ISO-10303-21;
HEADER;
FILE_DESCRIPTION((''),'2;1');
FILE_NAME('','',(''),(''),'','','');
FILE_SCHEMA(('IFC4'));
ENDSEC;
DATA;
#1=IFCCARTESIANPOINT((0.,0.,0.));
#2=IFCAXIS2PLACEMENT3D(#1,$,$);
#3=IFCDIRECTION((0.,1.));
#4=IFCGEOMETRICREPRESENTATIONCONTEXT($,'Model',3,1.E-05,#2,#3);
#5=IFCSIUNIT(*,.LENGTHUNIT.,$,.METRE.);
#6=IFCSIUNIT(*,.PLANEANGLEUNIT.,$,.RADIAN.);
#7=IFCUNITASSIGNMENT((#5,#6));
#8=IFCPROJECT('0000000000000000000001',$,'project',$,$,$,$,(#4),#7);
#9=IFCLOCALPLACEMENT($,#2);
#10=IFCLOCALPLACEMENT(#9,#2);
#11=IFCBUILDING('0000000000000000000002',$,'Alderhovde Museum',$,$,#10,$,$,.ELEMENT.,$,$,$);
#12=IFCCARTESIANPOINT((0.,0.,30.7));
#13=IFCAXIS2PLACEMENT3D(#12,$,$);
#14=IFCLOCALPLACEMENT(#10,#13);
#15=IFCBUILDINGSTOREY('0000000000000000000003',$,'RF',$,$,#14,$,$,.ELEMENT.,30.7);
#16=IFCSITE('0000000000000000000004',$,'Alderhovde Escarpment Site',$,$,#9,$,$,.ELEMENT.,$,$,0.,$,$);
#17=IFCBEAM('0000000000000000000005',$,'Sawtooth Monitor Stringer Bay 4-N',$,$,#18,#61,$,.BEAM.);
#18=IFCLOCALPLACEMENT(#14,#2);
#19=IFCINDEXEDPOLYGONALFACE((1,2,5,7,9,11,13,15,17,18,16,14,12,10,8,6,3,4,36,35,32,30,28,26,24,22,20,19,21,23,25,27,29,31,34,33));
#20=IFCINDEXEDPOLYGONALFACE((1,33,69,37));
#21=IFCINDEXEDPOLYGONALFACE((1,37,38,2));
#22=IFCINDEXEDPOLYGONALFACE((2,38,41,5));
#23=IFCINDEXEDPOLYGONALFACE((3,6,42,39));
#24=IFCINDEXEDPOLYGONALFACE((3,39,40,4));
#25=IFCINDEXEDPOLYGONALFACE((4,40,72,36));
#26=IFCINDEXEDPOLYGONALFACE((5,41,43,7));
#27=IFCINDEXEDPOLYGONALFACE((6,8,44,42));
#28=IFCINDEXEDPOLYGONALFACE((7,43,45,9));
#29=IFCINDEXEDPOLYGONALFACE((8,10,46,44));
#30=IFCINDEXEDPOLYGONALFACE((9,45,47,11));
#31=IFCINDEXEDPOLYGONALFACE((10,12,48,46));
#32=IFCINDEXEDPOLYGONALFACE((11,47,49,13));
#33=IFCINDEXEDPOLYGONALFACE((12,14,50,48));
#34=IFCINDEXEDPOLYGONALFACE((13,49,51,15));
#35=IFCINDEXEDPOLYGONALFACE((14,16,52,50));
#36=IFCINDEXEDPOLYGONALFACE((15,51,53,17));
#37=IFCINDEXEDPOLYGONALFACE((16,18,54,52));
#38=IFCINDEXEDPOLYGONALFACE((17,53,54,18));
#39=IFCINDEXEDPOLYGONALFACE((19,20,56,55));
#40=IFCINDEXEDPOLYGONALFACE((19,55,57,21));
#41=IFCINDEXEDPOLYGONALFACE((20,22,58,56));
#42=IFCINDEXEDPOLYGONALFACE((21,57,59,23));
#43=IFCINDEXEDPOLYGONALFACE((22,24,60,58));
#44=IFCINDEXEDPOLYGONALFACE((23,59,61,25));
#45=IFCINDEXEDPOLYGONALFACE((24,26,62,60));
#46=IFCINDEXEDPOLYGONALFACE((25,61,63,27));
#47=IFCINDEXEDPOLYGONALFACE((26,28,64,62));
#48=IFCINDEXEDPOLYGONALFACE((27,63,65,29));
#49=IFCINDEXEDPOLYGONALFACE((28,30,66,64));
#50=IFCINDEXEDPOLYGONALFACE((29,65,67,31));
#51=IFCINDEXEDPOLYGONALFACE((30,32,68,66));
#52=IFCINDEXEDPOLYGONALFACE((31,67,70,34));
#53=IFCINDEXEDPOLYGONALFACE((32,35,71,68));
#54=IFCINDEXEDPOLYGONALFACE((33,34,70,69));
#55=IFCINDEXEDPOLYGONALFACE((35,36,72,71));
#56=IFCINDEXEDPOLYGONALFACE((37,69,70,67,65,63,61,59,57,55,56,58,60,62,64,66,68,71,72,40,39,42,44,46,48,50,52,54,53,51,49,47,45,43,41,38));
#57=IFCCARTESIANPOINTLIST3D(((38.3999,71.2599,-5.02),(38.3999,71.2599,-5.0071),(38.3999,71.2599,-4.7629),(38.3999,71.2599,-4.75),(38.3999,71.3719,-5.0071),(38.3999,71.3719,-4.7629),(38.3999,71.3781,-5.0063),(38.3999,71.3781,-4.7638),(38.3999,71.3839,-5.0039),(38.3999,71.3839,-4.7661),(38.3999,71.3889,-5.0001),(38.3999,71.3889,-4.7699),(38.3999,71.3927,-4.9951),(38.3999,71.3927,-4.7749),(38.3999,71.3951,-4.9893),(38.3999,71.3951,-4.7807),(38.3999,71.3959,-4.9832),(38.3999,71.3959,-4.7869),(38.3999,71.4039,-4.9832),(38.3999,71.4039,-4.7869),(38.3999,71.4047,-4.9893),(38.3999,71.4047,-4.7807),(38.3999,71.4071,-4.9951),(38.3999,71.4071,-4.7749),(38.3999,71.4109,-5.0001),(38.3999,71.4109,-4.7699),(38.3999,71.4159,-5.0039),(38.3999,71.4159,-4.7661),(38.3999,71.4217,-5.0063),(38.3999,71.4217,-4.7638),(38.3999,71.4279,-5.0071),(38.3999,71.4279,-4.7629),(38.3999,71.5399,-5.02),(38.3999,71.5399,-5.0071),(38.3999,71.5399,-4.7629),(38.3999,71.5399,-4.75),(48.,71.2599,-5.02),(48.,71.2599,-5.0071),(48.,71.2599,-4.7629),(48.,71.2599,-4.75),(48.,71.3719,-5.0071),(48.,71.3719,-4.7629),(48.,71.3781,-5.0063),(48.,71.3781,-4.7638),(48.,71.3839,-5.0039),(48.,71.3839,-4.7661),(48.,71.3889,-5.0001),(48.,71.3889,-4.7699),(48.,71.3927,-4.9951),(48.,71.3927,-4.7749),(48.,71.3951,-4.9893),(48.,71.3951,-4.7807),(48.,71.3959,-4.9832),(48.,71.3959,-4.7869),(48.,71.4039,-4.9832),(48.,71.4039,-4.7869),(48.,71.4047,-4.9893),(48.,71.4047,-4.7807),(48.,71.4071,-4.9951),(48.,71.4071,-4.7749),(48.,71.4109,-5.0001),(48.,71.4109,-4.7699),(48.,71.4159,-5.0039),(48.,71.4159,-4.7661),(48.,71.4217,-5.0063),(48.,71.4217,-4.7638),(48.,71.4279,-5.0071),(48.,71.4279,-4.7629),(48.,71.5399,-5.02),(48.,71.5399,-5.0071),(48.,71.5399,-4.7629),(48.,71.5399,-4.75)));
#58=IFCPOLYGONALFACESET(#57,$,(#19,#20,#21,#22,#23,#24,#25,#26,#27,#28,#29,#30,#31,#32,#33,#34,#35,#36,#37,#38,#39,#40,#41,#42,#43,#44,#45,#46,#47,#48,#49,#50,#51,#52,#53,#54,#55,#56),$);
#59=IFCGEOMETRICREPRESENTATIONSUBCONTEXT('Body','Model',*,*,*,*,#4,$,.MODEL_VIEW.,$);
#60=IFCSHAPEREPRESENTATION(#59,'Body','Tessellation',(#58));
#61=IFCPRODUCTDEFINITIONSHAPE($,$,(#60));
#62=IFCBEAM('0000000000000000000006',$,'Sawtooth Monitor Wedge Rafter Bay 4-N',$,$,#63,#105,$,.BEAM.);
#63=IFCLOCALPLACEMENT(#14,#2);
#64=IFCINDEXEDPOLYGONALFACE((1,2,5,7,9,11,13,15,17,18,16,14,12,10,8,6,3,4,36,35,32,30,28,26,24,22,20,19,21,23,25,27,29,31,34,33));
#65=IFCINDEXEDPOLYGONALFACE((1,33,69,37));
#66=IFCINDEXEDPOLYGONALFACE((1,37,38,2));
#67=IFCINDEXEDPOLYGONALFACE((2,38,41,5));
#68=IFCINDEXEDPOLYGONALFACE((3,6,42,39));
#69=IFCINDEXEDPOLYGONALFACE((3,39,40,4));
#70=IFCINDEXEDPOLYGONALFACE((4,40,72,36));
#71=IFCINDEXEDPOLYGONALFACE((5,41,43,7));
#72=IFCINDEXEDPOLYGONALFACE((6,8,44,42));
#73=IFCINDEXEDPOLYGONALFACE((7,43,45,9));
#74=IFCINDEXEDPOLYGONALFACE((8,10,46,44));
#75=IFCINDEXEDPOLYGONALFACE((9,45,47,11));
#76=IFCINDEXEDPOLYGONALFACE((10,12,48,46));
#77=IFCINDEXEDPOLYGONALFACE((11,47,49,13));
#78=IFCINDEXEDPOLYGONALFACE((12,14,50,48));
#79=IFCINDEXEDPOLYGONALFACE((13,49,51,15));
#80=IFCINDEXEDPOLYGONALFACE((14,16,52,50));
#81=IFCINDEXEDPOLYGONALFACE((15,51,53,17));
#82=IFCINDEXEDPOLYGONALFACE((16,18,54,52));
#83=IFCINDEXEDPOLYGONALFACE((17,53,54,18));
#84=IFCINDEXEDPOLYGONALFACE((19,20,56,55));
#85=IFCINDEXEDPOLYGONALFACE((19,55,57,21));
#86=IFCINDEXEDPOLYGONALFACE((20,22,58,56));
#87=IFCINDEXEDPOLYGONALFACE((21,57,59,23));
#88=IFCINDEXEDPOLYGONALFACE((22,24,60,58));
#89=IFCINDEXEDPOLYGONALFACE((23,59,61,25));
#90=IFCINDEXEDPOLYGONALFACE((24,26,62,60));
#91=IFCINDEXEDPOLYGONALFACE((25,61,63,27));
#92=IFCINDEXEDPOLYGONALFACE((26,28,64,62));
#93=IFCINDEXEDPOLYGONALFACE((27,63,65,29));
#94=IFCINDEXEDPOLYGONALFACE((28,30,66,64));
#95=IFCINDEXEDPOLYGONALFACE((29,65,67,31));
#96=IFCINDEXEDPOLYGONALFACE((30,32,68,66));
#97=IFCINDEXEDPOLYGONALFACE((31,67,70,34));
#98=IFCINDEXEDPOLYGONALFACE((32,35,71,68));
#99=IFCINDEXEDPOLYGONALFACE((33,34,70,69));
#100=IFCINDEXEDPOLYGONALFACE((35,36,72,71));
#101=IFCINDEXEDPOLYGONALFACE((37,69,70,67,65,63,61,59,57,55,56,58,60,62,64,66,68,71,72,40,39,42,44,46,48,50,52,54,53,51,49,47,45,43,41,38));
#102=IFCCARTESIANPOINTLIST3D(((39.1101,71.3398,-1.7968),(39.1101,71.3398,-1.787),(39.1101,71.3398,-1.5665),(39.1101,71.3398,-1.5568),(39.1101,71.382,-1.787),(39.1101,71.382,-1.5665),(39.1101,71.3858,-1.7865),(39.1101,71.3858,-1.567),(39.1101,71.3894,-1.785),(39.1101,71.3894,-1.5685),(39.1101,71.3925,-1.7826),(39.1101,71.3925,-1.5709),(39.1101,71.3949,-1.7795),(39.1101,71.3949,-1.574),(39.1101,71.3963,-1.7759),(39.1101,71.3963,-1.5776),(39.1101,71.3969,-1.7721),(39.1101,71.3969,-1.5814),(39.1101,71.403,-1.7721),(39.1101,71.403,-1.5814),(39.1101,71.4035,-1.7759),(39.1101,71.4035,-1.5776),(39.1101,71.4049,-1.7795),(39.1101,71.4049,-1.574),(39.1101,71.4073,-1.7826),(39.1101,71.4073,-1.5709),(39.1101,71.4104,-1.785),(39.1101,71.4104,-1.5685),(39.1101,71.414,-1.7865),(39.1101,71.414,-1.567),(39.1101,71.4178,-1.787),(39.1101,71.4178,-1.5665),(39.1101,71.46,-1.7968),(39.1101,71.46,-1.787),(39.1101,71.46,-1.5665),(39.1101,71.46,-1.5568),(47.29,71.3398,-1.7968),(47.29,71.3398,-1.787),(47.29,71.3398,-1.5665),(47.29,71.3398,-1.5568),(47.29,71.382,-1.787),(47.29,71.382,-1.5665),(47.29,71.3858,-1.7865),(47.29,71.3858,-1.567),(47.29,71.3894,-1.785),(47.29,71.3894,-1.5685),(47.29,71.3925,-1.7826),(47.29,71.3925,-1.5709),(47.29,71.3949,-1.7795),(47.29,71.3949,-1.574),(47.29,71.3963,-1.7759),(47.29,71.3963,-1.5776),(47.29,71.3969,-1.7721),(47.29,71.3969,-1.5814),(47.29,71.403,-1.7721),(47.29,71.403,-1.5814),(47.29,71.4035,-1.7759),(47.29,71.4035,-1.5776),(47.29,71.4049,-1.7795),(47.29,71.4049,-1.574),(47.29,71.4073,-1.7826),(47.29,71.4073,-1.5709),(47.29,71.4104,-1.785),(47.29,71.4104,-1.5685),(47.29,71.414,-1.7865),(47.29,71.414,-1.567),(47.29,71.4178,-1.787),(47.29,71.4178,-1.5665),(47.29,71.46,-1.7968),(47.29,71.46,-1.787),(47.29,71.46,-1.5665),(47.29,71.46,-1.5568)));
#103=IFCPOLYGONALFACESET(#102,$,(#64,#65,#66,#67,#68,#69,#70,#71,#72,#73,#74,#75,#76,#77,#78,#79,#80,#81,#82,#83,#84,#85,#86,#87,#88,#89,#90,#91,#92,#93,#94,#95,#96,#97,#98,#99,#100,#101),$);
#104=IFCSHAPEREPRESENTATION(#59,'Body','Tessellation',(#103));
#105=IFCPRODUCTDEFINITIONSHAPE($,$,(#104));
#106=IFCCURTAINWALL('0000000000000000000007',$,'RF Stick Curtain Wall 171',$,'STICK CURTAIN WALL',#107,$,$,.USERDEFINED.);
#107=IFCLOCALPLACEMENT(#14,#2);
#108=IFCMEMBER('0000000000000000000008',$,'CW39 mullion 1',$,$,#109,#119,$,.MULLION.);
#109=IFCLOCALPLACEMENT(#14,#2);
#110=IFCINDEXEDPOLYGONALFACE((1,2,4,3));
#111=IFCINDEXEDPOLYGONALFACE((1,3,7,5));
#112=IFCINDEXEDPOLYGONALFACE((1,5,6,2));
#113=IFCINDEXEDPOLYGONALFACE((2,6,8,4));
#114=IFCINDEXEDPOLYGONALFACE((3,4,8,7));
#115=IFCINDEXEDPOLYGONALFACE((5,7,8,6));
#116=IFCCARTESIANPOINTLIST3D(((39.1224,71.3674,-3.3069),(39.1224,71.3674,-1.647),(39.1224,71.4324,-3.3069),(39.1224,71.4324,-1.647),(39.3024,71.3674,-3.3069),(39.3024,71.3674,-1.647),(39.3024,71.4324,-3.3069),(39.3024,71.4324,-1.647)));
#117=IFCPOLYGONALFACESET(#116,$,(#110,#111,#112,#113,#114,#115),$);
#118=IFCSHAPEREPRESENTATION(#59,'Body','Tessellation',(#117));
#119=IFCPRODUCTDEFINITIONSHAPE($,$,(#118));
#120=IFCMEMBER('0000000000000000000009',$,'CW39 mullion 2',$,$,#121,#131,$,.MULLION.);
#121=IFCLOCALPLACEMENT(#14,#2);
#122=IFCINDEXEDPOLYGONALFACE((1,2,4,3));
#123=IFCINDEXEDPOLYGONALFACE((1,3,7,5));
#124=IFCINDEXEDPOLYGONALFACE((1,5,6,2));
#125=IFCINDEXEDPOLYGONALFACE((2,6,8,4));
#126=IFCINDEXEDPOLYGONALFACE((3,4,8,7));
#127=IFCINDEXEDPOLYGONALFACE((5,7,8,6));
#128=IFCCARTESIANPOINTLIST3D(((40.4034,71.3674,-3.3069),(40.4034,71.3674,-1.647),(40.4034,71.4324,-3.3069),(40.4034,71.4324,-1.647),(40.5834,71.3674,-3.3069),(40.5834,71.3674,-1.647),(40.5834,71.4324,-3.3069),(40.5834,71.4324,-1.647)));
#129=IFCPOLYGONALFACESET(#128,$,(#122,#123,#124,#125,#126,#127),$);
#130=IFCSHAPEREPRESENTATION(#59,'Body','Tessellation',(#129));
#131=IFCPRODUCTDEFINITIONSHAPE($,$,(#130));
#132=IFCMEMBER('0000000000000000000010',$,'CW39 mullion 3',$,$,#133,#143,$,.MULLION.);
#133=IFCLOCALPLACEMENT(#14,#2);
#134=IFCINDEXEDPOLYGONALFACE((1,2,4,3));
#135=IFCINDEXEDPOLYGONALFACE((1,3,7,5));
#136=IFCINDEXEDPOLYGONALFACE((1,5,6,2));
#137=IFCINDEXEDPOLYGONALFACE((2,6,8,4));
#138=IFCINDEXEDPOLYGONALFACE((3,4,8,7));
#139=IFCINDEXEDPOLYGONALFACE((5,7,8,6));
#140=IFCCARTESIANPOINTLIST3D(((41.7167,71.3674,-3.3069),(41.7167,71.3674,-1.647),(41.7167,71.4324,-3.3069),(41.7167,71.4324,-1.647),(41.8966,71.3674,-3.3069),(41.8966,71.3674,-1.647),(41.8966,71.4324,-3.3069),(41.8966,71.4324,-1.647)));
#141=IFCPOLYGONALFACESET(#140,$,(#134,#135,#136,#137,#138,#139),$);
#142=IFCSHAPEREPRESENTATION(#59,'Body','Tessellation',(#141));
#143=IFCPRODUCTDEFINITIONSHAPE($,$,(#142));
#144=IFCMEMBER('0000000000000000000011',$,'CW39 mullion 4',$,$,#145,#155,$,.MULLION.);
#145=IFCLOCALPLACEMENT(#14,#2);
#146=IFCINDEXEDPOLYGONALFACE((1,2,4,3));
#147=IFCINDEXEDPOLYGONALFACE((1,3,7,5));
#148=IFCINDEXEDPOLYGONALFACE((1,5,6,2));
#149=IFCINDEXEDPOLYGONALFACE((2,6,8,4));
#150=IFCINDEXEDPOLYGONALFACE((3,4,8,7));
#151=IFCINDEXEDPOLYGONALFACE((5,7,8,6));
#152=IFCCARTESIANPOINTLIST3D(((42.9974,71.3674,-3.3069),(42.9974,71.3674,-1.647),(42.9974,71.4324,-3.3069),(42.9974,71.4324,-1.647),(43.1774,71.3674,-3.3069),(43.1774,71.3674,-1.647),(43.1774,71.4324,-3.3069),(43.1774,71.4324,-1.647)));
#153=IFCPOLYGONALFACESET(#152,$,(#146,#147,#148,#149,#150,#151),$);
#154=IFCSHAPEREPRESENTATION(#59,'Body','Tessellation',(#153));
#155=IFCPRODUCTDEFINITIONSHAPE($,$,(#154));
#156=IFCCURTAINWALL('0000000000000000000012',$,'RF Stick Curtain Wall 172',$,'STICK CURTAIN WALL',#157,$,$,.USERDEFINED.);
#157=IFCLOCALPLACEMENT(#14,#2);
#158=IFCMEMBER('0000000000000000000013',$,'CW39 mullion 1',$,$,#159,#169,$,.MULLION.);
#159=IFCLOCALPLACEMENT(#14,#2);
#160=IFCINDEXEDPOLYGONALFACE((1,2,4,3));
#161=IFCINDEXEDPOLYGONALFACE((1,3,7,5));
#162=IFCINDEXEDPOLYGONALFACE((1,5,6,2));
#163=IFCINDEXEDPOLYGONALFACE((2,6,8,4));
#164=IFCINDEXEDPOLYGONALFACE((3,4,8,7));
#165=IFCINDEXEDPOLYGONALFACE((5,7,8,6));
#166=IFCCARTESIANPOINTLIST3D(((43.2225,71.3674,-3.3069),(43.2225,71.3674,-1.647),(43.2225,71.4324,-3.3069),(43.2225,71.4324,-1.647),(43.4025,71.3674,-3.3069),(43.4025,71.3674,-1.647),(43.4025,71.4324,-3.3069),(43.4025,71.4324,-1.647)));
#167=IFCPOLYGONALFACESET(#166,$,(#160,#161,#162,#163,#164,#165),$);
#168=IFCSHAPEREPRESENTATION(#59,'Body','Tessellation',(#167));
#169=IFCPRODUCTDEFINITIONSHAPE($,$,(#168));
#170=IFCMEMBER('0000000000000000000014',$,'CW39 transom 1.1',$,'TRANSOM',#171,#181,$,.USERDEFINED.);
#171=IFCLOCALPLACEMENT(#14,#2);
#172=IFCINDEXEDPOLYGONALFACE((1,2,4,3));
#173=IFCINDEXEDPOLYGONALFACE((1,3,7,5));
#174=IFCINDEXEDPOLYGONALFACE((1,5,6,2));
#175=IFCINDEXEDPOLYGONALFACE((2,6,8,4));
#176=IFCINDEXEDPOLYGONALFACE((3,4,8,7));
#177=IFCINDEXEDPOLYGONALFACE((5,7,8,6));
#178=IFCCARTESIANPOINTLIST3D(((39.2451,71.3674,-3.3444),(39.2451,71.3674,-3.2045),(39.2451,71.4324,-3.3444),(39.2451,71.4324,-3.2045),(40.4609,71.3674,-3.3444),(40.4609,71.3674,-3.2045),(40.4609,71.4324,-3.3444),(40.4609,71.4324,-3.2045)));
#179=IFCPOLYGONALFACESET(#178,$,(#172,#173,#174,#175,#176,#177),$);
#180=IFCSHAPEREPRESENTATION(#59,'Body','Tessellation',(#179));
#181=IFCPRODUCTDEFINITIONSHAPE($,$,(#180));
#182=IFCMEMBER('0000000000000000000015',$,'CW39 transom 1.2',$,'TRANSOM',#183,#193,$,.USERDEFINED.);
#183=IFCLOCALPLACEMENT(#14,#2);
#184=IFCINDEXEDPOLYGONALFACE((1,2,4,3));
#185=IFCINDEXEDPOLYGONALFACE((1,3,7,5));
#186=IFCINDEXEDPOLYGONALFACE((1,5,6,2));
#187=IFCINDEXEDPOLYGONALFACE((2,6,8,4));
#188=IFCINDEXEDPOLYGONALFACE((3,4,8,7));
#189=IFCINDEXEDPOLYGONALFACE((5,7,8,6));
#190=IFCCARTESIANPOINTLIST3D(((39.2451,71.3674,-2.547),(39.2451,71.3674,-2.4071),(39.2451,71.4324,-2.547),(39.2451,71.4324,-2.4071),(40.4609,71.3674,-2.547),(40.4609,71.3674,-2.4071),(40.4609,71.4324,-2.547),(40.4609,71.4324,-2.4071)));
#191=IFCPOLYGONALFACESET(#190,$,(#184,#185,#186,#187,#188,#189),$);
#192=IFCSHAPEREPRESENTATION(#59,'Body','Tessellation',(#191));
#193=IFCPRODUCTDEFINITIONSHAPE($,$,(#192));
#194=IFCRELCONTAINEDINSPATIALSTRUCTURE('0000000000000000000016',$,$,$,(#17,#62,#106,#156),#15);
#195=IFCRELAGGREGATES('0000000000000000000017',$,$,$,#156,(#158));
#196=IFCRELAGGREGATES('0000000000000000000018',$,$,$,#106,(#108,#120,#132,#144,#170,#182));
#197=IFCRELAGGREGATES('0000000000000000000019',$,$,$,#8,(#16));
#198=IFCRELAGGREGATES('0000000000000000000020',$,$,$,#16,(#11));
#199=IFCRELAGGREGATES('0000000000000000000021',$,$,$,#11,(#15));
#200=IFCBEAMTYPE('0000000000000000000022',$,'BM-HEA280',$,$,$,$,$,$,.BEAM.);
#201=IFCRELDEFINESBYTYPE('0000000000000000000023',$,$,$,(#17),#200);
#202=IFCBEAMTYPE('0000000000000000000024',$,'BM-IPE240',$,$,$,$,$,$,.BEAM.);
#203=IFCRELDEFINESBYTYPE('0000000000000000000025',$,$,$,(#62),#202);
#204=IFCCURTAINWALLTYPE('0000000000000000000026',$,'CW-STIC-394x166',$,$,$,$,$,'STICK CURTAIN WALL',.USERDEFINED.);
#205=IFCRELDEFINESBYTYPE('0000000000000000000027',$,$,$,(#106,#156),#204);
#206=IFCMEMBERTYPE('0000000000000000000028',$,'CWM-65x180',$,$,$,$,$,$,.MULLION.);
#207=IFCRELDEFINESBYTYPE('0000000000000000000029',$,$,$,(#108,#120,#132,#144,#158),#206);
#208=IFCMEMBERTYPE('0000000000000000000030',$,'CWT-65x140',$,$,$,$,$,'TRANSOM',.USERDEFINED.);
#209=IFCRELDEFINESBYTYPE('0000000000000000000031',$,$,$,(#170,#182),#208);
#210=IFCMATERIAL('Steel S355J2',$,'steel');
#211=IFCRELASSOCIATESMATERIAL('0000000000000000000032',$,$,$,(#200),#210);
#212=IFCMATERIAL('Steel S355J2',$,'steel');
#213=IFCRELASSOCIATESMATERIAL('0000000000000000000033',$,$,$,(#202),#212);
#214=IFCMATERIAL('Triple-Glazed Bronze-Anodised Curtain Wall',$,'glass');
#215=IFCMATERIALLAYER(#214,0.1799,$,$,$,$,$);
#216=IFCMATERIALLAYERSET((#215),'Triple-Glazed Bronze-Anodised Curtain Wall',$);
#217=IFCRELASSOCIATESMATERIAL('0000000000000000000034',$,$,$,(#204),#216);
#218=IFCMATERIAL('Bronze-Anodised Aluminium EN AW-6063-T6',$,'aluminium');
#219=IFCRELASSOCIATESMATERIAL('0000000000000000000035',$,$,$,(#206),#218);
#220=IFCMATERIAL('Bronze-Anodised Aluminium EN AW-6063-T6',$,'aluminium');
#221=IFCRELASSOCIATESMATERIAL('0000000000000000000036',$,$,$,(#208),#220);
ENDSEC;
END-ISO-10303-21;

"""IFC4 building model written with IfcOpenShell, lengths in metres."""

from ifc_helpers import new_model, si_unit, direction, frame, origin, origin_2d, place, context, subcontext, project, spatial, rectangle, i_section, extrude, material, layer, layer_set, material_profile, profile_set, type_object, element, aggregate, save


model = new_model("IFC4")

# Units and contexts
model_context = context("Model", 3, precision=1e-05, world=origin(), true_north=direction((0.0, 1.0)))
body_context = subcontext(model_context, "Body", "Model", "MODEL_VIEW")
ifc_project = project(units=[si_unit("LENGTHUNIT", "METRE"), si_unit("PLANEANGLEUNIT", "RADIAN")], contexts=[model_context])

# Site, building, storey
site_placement = place(None, origin())
site = spatial("IfcSite", under=ifc_project, at=site_placement, Name="Alderhovde Escarpment Site", CompositionType="ELEMENT", RefElevation=0.0)
building_placement = place(site_placement, origin())
building = spatial("IfcBuilding", under=site, at=building_placement, Name="Alderhovde Museum", CompositionType="ELEMENT")
storey_placement = place(building_placement, frame((0.0, 0.0, 30.7)))
storey = spatial("IfcBuildingStorey", under=building, at=storey_placement, Name="RF", CompositionType="ELEMENT", Elevation=30.7)

# Beams
ifc_material_1 = material(Name="Steel S355J2", Category="steel")
ifc_material_profile_1 = material_profile(ifc_material_1, i_section(OverallWidth=0.28, OverallDepth=0.27, WebThickness=0.0081, FlangeThickness=0.0129, FilletRadius=0.0239, at=origin_2d()), Name="HEA 280")
ifc_profile_set_1 = profile_set([ifc_material_profile_1], Name="Steel S355J2")
beam_type_1 = type_object("IfcBeamType", Name="BM-HEA280", PredefinedType="BEAM", material=ifc_profile_set_1)
beam_1_placement = place(storey_placement, frame((38.3999, 71.3999, -4.885), z_axis=(1.0, 0.0, 0.0), x_axis=(0.0, 1.0, 0.0)))
element("IfcBeam", 1, at=beam_1_placement, inside=storey, type_object=beam_type_1, Name="Sawtooth Monitor Stringer Bay 4-N", PredefinedType="BEAM", context=body_context, shape_type="SweptSolid", body=[
    extrude(i_section(OverallWidth=0.28, OverallDepth=0.27, WebThickness=0.0081, FlangeThickness=0.0129, FilletRadius=0.0239, at=origin_2d()), origin(), (0.0, 0.0, 1.0), 9.6001),
])
ifc_material_2 = material(Name="Steel S355J2", Category="steel")
ifc_material_profile_2 = material_profile(ifc_material_2, i_section(OverallWidth=0.1201, OverallDepth=0.24, WebThickness=0.0061, FlangeThickness=0.0098, FilletRadius=0.0149, at=origin_2d()), Name="IPE 240")
ifc_profile_set_2 = profile_set([ifc_material_profile_2], Name="Steel S355J2")
beam_type_2 = type_object("IfcBeamType", Name="BM-IPE240", PredefinedType="BEAM", material=ifc_profile_set_2)
beam_2_placement = place(storey_placement, frame((39.1101, 71.3999, -1.6768), z_axis=(1.0, 0.0, 0.0), x_axis=(0.0, 1.0, 0.0)))
element("IfcBeam", 2, at=beam_2_placement, inside=storey, type_object=beam_type_2, Name="Sawtooth Monitor Wedge Rafter Bay 4-N", PredefinedType="BEAM", context=body_context, shape_type="SweptSolid", body=[
    extrude(i_section(OverallWidth=0.1201, OverallDepth=0.24, WebThickness=0.0061, FlangeThickness=0.0098, FilletRadius=0.0149, at=origin_2d()), origin(), (0.0, 0.0, 1.0), 8.1799),
])

# Curtain wall, members
ifc_material_3 = material(Name="Triple-Glazed Bronze-Anodised Curtain Wall", Category="glass")
ifc_layer_1 = layer(ifc_material_3, 0.1799)
ifc_layer_set_1 = layer_set([ifc_layer_1], Name="Triple-Glazed Bronze-Anodised Curtain Wall")
curtain_wall_type = type_object("IfcCurtainWallType", Name="CW-STIC-394x166", ElementType="STICK CURTAIN WALL", PredefinedType="USERDEFINED", material=ifc_layer_set_1)
curtain_wall_1_placement = place(storey_placement, origin())
curtain_wall_1 = element("IfcCurtainWall", 3, at=curtain_wall_1_placement, inside=storey, type_object=curtain_wall_type, Name="RF Stick Curtain Wall 171", ObjectType="STICK CURTAIN WALL", PredefinedType="USERDEFINED")
ifc_material_4 = material(Name="Bronze-Anodised Aluminium EN AW-6063-T6", Category="aluminium")
ifc_material_profile_3 = material_profile(ifc_material_4, rectangle(XDim=0.0649, YDim=0.1799, at=origin_2d()), Name="MULLION 65x180")
ifc_profile_set_3 = profile_set([ifc_material_profile_3], Name="Bronze-Anodised Aluminium EN AW-6063-T6")
member_type_1 = type_object("IfcMemberType", Name="CWM-65x180", PredefinedType="MULLION", material=ifc_profile_set_3)
member_1_placement = place(storey_placement, frame((39.2124, 71.3999, -3.3069), z_axis=(0.0, 0.0, 1.0), x_axis=(0.0, 1.0, 0.0)))
member_1 = element("IfcMember", 4, at=member_1_placement, type_object=member_type_1, Name="CW39 mullion 1", PredefinedType="MULLION", context=body_context, shape_type="SweptSolid", body=[
    extrude(rectangle(XDim=0.0649, YDim=0.1799, at=origin_2d()), origin(), (0.0, 0.0, 1.0), 1.6599),
])
member_2_placement = place(storey_placement, frame((40.4934, 71.3999, -3.3069), z_axis=(0.0, 0.0, 1.0), x_axis=(0.0, 1.0, 0.0)))
member_2 = element("IfcMember", 5, at=member_2_placement, type_object=member_type_1, Name="CW39 mullion 2", PredefinedType="MULLION", context=body_context, shape_type="SweptSolid", body=[
    extrude(rectangle(XDim=0.0649, YDim=0.1799, at=origin_2d()), origin(), (0.0, 0.0, 1.0), 1.6599),
])
member_3_placement = place(storey_placement, frame((41.8066, 71.3999, -3.3069), z_axis=(0.0, 0.0, 1.0), x_axis=(0.0, 1.0, 0.0)))
member_3 = element("IfcMember", 6, at=member_3_placement, type_object=member_type_1, Name="CW39 mullion 3", PredefinedType="MULLION", context=body_context, shape_type="SweptSolid", body=[
    extrude(rectangle(XDim=0.0649, YDim=0.1799, at=origin_2d()), origin(), (0.0, 0.0, 1.0), 1.6599),
])
member_4_placement = place(storey_placement, frame((43.0874, 71.3999, -3.3069), z_axis=(0.0, 0.0, 1.0), x_axis=(0.0, 1.0, 0.0)))
member_4 = element("IfcMember", 7, at=member_4_placement, type_object=member_type_1, Name="CW39 mullion 4", PredefinedType="MULLION", context=body_context, shape_type="SweptSolid", body=[
    extrude(rectangle(XDim=0.0649, YDim=0.1799, at=origin_2d()), origin(), (0.0, 0.0, 1.0), 1.6599),
])

# Curtain wall, member
curtain_wall_2_placement = place(storey_placement, origin())
curtain_wall_2 = element("IfcCurtainWall", 8, at=curtain_wall_2_placement, inside=storey, type_object=curtain_wall_type, Name="RF Stick Curtain Wall 172", ObjectType="STICK CURTAIN WALL", PredefinedType="USERDEFINED")
member_5_placement = place(storey_placement, frame((43.3125, 71.3999, -3.3069), z_axis=(0.0, 0.0, 1.0), x_axis=(0.0, 1.0, 0.0)))
member_5 = element("IfcMember", 9, at=member_5_placement, type_object=member_type_1, Name="CW39 mullion 1", PredefinedType="MULLION", context=body_context, shape_type="SweptSolid", body=[
    extrude(rectangle(XDim=0.0649, YDim=0.1799, at=origin_2d()), origin(), (0.0, 0.0, 1.0), 1.6599),
])

# Members
ifc_material_5 = material(Name="Bronze-Anodised Aluminium EN AW-6063-T6", Category="aluminium")
ifc_material_profile_4 = material_profile(ifc_material_5, rectangle(XDim=0.0649, YDim=0.1399, at=origin_2d()), Name="TRANSOM 65x140")
ifc_profile_set_4 = profile_set([ifc_material_profile_4], Name="Bronze-Anodised Aluminium EN AW-6063-T6")
member_type_2 = type_object("IfcMemberType", Name="CWT-65x140", ElementType="TRANSOM", PredefinedType="USERDEFINED", material=ifc_profile_set_4)
member_6_placement = place(storey_placement, frame((39.2451, 71.3999, -3.2744), z_axis=(1.0, 0.0, 0.0), x_axis=(0.0, 1.0, 0.0)))
member_6 = element("IfcMember", 10, at=member_6_placement, type_object=member_type_2, Name="CW39 transom 1.1", ObjectType="TRANSOM", PredefinedType="USERDEFINED", context=body_context, shape_type="SweptSolid", body=[
    extrude(rectangle(XDim=0.0649, YDim=0.1399, at=origin_2d()), origin(), (0.0, 0.0, 1.0), 1.2158),
])
member_7_placement = place(storey_placement, frame((39.2451, 71.3999, -2.4771), z_axis=(1.0, 0.0, 0.0), x_axis=(0.0, 1.0, 0.0)))
member_7 = element("IfcMember", 11, at=member_7_placement, type_object=member_type_2, Name="CW39 transom 1.2", ObjectType="TRANSOM", PredefinedType="USERDEFINED", context=body_context, shape_type="SweptSolid", body=[
    extrude(rectangle(XDim=0.0649, YDim=0.1399, at=origin_2d()), origin(), (0.0, 0.0, 1.0), 1.2158),
])
aggregate(curtain_wall_2, [member_5])

aggregate(curtain_wall_1, [member_1, member_2, member_3, member_4, member_6, member_7])

save(model, "model.ifc")
